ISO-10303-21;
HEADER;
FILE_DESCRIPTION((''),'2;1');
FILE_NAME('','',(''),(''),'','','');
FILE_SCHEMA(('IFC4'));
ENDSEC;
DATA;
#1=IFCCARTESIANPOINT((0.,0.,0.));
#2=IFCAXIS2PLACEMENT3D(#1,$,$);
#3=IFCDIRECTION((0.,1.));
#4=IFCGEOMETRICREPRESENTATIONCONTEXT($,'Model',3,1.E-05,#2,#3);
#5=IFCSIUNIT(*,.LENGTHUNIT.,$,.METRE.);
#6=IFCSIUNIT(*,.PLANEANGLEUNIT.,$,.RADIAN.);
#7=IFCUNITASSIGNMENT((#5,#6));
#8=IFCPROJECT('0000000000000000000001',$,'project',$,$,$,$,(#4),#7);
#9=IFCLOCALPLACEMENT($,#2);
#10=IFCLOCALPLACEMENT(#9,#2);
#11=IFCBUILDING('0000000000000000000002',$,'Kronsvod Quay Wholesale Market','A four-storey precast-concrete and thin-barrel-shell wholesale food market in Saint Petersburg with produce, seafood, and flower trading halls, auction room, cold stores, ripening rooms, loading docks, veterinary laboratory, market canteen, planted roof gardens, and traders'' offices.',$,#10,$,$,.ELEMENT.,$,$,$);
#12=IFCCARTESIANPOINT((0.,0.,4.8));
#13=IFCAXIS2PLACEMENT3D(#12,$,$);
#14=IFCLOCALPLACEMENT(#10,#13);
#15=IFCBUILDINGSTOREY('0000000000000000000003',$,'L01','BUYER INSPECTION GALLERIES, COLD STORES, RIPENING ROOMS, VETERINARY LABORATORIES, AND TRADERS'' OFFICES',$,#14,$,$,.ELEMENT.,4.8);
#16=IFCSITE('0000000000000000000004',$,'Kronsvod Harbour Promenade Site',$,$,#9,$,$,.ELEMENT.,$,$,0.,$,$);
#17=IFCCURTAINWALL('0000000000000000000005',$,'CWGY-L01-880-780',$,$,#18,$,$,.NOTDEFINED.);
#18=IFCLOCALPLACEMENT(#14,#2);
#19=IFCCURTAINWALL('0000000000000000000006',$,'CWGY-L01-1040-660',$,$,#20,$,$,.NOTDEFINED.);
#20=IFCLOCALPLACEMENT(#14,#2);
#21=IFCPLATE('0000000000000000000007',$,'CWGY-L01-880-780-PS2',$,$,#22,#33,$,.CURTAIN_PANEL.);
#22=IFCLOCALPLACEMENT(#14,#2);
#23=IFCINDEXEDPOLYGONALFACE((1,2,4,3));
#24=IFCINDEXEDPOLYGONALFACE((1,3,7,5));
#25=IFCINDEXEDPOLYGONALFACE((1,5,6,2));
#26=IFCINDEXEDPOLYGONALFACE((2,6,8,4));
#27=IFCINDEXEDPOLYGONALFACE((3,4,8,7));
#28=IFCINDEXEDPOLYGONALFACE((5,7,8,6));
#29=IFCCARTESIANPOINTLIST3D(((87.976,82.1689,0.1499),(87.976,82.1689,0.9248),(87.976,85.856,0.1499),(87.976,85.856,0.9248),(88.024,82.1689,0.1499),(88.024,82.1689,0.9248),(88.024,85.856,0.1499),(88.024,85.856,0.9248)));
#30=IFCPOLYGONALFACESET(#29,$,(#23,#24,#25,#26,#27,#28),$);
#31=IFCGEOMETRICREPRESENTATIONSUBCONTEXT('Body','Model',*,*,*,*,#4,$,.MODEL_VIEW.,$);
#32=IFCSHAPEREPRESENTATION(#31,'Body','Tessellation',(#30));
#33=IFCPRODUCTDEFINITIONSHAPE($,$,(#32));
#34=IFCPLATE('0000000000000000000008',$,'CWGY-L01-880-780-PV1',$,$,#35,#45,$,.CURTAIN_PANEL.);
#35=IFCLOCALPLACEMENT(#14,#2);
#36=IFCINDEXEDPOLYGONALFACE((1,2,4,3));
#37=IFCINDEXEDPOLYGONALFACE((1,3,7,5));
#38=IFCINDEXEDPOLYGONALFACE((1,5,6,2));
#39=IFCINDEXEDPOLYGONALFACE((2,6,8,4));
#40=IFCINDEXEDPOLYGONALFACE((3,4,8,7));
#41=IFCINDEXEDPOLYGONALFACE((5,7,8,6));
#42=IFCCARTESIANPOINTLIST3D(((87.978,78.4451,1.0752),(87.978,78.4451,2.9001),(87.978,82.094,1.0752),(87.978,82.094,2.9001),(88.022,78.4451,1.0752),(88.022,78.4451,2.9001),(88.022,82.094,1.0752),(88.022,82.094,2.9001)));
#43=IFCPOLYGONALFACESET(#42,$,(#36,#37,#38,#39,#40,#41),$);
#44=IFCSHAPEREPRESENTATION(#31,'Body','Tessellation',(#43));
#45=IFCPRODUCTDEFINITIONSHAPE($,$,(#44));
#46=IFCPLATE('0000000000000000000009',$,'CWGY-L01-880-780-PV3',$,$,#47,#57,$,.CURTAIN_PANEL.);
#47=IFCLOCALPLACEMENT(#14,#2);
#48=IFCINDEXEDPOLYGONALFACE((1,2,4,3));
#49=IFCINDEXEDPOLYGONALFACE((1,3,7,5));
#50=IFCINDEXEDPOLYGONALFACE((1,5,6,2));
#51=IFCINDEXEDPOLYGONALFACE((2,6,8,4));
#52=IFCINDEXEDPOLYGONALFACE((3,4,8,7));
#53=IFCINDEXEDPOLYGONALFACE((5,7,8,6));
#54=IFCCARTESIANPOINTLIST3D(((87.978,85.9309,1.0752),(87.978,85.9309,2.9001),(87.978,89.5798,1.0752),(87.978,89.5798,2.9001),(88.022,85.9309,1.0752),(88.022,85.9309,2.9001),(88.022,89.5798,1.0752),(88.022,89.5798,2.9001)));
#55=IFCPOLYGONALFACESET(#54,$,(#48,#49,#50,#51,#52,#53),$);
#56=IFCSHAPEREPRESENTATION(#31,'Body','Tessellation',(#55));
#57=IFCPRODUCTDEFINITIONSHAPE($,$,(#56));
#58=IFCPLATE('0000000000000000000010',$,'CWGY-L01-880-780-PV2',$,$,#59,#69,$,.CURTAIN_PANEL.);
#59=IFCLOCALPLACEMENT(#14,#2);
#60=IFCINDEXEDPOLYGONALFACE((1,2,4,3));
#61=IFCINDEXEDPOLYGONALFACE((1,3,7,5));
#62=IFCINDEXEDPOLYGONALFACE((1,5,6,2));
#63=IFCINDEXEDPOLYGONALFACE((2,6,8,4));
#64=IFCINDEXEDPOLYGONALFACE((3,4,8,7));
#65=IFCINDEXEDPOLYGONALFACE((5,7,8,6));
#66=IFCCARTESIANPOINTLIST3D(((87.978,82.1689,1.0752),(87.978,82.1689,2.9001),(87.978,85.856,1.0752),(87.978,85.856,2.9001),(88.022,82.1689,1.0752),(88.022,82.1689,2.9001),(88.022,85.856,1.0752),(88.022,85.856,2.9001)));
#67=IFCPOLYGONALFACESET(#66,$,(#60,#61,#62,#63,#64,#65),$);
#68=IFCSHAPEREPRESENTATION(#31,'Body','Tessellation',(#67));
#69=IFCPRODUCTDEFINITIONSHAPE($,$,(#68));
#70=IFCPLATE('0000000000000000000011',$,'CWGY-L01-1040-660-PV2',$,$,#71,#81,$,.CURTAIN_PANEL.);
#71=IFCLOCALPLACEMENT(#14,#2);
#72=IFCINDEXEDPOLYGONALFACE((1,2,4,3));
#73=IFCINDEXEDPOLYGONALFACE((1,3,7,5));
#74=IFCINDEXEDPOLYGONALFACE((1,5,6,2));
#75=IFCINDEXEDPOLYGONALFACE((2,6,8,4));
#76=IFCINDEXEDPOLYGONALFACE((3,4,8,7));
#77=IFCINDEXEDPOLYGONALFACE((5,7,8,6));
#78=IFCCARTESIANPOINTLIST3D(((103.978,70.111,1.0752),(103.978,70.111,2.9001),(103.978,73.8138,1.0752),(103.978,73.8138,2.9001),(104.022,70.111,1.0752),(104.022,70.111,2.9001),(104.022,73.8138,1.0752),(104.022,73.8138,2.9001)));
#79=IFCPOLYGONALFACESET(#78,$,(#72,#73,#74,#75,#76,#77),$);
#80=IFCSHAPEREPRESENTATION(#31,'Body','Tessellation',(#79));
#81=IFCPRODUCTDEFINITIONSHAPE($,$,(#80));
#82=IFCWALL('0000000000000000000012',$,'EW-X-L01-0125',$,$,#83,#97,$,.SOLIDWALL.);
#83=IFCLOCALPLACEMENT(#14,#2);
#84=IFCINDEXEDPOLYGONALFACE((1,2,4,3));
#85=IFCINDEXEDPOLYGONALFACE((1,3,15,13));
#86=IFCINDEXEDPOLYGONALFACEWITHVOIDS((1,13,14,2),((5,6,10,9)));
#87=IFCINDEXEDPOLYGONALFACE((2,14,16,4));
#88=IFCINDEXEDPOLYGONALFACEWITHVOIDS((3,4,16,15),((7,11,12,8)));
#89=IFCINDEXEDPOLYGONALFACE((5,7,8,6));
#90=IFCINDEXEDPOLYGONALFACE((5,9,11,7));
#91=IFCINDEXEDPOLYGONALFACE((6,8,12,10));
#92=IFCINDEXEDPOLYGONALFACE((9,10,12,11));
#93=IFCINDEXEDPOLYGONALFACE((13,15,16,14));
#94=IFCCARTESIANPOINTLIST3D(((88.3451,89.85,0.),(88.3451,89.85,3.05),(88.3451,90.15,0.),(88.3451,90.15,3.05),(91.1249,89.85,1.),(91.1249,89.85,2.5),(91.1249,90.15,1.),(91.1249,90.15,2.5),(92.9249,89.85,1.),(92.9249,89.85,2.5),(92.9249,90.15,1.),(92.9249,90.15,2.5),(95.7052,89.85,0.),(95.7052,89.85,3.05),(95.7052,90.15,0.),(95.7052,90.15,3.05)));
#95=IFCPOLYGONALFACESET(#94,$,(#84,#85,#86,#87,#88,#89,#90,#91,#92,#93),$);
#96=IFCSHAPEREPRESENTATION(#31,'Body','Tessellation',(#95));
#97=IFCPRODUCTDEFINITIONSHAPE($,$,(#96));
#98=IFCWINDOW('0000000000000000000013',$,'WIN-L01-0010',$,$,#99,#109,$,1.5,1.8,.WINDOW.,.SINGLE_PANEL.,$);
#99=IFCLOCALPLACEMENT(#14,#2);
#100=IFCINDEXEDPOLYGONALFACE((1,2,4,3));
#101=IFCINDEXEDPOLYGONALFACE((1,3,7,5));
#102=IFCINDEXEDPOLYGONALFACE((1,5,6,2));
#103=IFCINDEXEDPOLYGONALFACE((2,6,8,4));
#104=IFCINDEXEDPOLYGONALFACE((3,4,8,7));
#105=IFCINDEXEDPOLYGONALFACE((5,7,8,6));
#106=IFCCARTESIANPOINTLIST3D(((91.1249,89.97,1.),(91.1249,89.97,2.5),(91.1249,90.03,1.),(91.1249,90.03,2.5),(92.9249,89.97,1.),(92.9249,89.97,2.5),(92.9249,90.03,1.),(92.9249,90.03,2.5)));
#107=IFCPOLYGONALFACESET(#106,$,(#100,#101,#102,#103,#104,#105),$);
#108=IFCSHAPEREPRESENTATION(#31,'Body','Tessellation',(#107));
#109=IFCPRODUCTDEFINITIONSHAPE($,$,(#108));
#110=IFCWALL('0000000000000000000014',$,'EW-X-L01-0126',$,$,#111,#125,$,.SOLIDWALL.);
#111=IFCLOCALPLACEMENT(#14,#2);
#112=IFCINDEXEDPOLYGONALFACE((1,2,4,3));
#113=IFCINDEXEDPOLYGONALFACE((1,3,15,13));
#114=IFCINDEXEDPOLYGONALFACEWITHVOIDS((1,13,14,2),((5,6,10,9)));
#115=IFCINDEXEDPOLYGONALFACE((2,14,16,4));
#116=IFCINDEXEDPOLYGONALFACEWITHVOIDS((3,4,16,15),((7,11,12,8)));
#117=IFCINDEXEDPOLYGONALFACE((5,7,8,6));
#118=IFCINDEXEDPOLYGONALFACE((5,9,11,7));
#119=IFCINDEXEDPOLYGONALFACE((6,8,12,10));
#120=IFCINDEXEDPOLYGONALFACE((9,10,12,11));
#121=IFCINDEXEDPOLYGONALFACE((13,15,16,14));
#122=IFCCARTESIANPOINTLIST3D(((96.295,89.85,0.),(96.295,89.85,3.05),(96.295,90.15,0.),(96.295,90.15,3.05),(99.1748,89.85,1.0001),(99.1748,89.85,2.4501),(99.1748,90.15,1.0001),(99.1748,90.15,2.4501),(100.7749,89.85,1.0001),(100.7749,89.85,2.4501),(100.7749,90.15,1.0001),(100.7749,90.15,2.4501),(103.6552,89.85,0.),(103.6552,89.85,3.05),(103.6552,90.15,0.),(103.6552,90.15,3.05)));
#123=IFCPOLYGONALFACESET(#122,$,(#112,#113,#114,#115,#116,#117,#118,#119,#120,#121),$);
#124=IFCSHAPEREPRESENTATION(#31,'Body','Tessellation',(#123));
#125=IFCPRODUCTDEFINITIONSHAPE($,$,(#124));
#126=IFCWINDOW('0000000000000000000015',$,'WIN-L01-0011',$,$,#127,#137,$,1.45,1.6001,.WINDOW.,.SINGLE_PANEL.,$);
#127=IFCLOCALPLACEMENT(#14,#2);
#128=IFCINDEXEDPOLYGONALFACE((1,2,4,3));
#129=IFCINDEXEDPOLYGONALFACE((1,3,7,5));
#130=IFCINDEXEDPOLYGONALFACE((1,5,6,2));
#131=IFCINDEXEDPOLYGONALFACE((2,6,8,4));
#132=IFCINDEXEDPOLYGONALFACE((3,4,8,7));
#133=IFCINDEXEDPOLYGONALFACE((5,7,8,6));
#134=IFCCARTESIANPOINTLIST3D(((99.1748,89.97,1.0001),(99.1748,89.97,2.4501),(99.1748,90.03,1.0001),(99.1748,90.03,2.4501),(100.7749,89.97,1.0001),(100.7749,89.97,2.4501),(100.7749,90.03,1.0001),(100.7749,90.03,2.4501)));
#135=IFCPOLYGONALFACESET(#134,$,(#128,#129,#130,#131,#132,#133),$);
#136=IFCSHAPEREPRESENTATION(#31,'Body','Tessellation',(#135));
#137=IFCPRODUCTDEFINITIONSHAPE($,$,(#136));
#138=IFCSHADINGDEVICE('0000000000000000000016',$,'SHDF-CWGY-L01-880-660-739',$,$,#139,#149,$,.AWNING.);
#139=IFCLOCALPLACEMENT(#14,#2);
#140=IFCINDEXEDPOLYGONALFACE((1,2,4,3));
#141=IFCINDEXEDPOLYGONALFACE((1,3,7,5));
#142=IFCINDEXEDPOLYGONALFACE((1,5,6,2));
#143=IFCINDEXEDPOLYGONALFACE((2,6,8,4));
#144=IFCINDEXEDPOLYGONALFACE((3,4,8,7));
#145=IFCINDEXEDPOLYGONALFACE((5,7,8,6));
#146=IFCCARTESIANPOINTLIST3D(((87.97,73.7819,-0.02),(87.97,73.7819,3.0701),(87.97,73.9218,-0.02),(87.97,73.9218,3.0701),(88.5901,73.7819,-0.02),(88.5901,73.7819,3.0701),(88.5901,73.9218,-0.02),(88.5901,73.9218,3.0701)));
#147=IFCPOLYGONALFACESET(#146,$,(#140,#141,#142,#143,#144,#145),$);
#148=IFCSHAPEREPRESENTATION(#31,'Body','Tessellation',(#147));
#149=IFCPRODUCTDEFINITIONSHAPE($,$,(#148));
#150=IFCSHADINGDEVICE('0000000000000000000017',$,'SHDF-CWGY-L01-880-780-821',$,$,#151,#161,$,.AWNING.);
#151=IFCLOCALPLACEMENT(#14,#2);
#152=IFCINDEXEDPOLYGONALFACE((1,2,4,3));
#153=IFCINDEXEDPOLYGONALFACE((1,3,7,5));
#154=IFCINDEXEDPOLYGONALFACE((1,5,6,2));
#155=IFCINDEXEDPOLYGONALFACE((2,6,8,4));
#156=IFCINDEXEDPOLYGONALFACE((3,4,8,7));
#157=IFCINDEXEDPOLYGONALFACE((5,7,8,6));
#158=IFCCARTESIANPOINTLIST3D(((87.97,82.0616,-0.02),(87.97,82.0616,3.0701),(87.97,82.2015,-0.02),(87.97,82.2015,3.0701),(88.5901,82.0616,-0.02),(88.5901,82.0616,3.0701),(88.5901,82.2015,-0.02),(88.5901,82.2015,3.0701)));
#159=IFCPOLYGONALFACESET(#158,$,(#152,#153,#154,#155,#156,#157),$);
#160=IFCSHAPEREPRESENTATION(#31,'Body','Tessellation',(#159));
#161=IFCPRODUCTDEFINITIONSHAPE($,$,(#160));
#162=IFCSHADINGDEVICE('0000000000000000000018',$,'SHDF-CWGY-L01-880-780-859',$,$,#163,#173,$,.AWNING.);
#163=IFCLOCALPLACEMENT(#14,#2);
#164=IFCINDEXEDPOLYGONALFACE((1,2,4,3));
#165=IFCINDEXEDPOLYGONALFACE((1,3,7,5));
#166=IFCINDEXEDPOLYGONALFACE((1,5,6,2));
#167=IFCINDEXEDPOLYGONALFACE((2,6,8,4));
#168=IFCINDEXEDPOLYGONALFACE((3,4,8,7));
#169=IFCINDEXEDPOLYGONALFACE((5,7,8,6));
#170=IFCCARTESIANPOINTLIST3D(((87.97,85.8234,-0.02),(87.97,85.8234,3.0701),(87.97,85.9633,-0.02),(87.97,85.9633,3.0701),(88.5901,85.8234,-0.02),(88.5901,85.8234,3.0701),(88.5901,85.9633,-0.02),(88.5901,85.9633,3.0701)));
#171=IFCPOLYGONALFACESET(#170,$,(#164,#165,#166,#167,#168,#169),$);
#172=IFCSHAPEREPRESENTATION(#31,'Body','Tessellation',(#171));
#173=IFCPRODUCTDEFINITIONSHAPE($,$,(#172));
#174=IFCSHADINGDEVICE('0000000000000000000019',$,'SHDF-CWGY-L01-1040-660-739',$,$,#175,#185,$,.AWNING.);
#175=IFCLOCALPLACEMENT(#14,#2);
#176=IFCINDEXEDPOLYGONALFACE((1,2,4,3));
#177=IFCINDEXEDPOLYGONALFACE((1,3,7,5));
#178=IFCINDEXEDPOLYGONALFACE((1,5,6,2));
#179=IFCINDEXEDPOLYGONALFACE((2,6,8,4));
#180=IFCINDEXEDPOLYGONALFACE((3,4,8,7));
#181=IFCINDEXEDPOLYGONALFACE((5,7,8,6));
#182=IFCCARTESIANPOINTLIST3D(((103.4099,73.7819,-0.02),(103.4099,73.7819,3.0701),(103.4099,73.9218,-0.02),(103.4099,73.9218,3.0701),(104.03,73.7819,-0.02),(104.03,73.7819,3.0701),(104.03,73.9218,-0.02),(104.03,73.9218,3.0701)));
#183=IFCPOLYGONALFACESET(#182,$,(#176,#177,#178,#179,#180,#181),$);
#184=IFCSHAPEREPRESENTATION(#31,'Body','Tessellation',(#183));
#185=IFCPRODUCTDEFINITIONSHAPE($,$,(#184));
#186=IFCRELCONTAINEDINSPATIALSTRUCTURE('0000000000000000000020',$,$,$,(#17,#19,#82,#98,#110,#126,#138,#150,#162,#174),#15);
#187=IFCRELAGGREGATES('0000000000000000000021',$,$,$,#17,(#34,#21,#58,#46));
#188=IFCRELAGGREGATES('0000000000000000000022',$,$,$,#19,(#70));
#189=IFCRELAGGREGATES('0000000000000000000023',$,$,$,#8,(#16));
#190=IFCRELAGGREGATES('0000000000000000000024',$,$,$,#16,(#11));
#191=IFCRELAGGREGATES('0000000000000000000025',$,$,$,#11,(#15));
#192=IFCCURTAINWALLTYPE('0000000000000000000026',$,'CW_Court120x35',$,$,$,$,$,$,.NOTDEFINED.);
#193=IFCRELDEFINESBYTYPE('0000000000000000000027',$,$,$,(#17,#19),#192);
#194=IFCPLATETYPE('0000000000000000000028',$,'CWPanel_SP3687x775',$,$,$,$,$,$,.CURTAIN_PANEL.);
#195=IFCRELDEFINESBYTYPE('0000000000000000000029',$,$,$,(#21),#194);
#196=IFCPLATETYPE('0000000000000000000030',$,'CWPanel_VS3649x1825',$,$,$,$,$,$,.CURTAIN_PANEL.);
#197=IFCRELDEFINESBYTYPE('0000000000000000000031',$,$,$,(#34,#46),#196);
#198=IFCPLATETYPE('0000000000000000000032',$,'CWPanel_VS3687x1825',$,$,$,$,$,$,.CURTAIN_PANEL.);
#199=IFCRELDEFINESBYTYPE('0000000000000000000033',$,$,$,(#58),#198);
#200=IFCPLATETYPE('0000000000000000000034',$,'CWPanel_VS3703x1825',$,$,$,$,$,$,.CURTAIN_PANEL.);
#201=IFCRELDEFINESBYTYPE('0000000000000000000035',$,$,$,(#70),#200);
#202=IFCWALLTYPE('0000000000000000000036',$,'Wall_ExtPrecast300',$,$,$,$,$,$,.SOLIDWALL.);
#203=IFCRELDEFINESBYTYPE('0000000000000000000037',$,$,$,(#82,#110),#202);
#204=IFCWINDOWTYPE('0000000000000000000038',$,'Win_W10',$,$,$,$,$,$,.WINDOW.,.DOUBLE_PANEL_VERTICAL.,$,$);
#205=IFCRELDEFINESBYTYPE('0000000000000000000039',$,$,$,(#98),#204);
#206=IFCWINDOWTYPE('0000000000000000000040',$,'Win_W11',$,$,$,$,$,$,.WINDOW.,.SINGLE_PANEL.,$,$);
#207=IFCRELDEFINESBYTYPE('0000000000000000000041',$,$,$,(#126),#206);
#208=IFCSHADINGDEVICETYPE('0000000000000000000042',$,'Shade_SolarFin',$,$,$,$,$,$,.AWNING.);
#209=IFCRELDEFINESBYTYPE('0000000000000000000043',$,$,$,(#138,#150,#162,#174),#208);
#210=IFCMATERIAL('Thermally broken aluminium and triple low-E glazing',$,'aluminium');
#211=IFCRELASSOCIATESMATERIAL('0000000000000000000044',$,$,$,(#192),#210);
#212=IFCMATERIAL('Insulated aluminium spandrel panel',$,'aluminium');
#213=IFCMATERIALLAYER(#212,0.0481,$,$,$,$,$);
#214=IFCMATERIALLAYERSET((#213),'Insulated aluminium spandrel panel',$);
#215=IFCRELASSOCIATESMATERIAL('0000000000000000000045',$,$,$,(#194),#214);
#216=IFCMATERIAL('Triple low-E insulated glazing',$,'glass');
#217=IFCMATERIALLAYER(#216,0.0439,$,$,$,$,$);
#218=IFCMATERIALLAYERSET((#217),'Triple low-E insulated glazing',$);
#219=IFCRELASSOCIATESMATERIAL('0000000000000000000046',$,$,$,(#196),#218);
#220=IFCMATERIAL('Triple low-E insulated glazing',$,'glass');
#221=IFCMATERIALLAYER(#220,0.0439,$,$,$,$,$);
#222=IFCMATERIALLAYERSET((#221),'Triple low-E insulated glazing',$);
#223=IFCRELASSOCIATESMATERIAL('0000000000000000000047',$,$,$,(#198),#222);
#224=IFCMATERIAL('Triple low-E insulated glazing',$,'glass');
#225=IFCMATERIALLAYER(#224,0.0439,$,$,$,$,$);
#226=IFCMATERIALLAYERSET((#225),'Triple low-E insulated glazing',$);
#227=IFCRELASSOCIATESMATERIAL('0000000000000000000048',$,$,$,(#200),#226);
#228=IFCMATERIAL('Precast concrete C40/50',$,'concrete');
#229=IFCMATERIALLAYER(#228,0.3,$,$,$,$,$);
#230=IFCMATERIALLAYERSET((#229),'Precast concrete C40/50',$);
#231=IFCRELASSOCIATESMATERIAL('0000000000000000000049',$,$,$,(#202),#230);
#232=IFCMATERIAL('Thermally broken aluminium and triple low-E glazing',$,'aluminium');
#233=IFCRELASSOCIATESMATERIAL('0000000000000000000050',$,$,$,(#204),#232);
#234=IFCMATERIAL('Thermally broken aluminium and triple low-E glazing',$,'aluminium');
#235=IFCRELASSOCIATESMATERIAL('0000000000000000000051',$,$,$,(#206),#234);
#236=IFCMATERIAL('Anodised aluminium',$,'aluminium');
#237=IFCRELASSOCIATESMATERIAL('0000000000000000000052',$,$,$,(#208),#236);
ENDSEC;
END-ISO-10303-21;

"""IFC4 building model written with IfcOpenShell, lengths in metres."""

from ifc_helpers import new_model, si_unit, direction, frame, frame_2d, origin, origin_2d, place, context, subcontext, project, spatial, rectangle, extrude, material, layer, layer_set, type_object, element, fill, aggregate, save


model = new_model("IFC4")

# Units and contexts
model_context = context("Model", 3, precision=1e-05, world=origin(), true_north=direction((0.0, 1.0)))
body_context = subcontext(model_context, "Body", "Model", "MODEL_VIEW")
ifc_project = project(units=[si_unit("LENGTHUNIT", "METRE"), si_unit("PLANEANGLEUNIT", "RADIAN")], contexts=[model_context])

# Site, building, storey
site_placement = place(None, origin())
site = spatial("IfcSite", under=ifc_project, at=site_placement, Name="Kronsvod Harbour Promenade Site", CompositionType="ELEMENT", RefElevation=0.0)
building_placement = place(site_placement, origin())
building = spatial("IfcBuilding", under=site, at=building_placement, Name="Kronsvod Quay Wholesale Market", Description="A four-storey precast-concrete and thin-barrel-shell wholesale food market in Saint Petersburg with produce, seafood, and flower trading halls, auction room, cold stores, ripening rooms, loading docks, veterinary laboratory, market canteen, planted roof gardens, and traders' offices.", CompositionType="ELEMENT")
storey_placement = place(building_placement, frame((0.0, 0.0, 4.8)))
storey = spatial("IfcBuildingStorey", under=building, at=storey_placement, Name="L01", Description="BUYER INSPECTION GALLERIES, COLD STORES, RIPENING ROOMS, VETERINARY LABORATORIES, AND TRADERS' OFFICES", CompositionType="ELEMENT", Elevation=4.8)

# Curtain walls
ifc_material_1 = material(Name="Thermally broken aluminium and triple low-E glazing", Category="aluminium")
curtain_wall_type = type_object("IfcCurtainWallType", Name="CW_Court120x35", PredefinedType="NOTDEFINED", material=ifc_material_1)
curtain_wall_1_placement = place(storey_placement, origin())
curtain_wall_1 = element("IfcCurtainWall", 1, at=curtain_wall_1_placement, inside=storey, type_object=curtain_wall_type, Name="CWGY-L01-880-780", PredefinedType="NOTDEFINED")
curtain_wall_2_placement = place(storey_placement, origin())
curtain_wall_2 = element("IfcCurtainWall", 2, at=curtain_wall_2_placement, inside=storey, type_object=curtain_wall_type, Name="CWGY-L01-1040-660", PredefinedType="NOTDEFINED")

# Plates
ifc_material_2 = material(Name="Insulated aluminium spandrel panel", Category="aluminium")
ifc_layer_1 = layer(ifc_material_2, 0.0481)
ifc_layer_set_1 = layer_set([ifc_layer_1], Name="Insulated aluminium spandrel panel")
plate_type_1 = type_object("IfcPlateType", Name="CWPanel_SP3687x775", PredefinedType="CURTAIN_PANEL", material=ifc_layer_set_1)
plate_1_placement = place(storey_placement, frame((88.0, 84.0125, 0.1499), z_axis=(0.0, 0.0, 1.0), x_axis=(0.0, 1.0, 0.0)))
plate_1 = element("IfcPlate", 3, at=plate_1_placement, type_object=plate_type_1, Name="CWGY-L01-880-780-PS2", PredefinedType="CURTAIN_PANEL", context=body_context, shape_type="SweptSolid", body=[
    extrude(rectangle(XDim=3.687, YDim=0.0481, at=origin_2d()), origin(), (0.0, 0.0, 1.0), 0.7749),
])
ifc_material_3 = material(Name="Triple low-E insulated glazing", Category="glass")
ifc_layer_2 = layer(ifc_material_3, 0.0439)
ifc_layer_set_2 = layer_set([ifc_layer_2], Name="Triple low-E insulated glazing")
plate_type_2 = type_object("IfcPlateType", Name="CWPanel_VS3649x1825", PredefinedType="CURTAIN_PANEL", material=ifc_layer_set_2)
plate_2_placement = place(storey_placement, frame((88.0, 80.2695, 1.0752), z_axis=(0.0, 0.0, 1.0), x_axis=(0.0, 1.0, 0.0)))
plate_2 = element("IfcPlate", 4, at=plate_2_placement, type_object=plate_type_2, Name="CWGY-L01-880-780-PV1", PredefinedType="CURTAIN_PANEL", context=body_context, shape_type="SweptSolid", body=[
    extrude(rectangle(XDim=3.6489, YDim=0.0439, at=origin_2d()), origin(), (0.0, 0.0, 1.0), 1.825),
])
plate_3_placement = place(storey_placement, frame((88.0, 87.7554, 1.0752), z_axis=(0.0, 0.0, 1.0), x_axis=(0.0, 1.0, 0.0)))
plate_3 = element("IfcPlate", 5, at=plate_3_placement, type_object=plate_type_2, Name="CWGY-L01-880-780-PV3", PredefinedType="CURTAIN_PANEL", context=body_context, shape_type="SweptSolid", body=[
    extrude(rectangle(XDim=3.6489, YDim=0.0439, at=origin_2d()), origin(), (0.0, 0.0, 1.0), 1.825),
])
ifc_material_4 = material(Name="Triple low-E insulated glazing", Category="glass")
ifc_layer_3 = layer(ifc_material_4, 0.0439)
ifc_layer_set_3 = layer_set([ifc_layer_3], Name="Triple low-E insulated glazing")
plate_type_3 = type_object("IfcPlateType", Name="CWPanel_VS3687x1825", PredefinedType="CURTAIN_PANEL", material=ifc_layer_set_3)
plate_4_placement = place(storey_placement, frame((88.0, 84.0125, 1.0752), z_axis=(0.0, 0.0, 1.0), x_axis=(0.0, 1.0, 0.0)))
plate_4 = element("IfcPlate", 6, at=plate_4_placement, type_object=plate_type_3, Name="CWGY-L01-880-780-PV2", PredefinedType="CURTAIN_PANEL", context=body_context, shape_type="SweptSolid", body=[
    extrude(rectangle(XDim=3.687, YDim=0.0439, at=origin_2d()), origin(), (0.0, 0.0, 1.0), 1.825),
])
aggregate(curtain_wall_1, [plate_2, plate_1, plate_4, plate_3])
ifc_material_5 = material(Name="Triple low-E insulated glazing", Category="glass")
ifc_layer_4 = layer(ifc_material_5, 0.0439)
ifc_layer_set_4 = layer_set([ifc_layer_4], Name="Triple low-E insulated glazing")
plate_type_4 = type_object("IfcPlateType", Name="CWPanel_VS3703x1825", PredefinedType="CURTAIN_PANEL", material=ifc_layer_set_4)
plate_5_placement = place(storey_placement, frame((104.0, 71.9624, 1.0752), z_axis=(0.0, 0.0, 1.0), x_axis=(0.0, -1.0, 0.0)))
plate_5 = element("IfcPlate", 7, at=plate_5_placement, type_object=plate_type_4, Name="CWGY-L01-1040-660-PV2", PredefinedType="CURTAIN_PANEL", context=body_context, shape_type="SweptSolid", body=[
    extrude(rectangle(XDim=3.7029, YDim=0.0439, at=origin_2d()), origin(), (0.0, 0.0, 1.0), 1.825),
])
aggregate(curtain_wall_2, [plate_5])

# Walls, openings, windows
ifc_material_6 = material(Name="Precast concrete C40/50", Category="concrete")
ifc_layer_5 = layer(ifc_material_6, 0.3)
ifc_layer_set_5 = layer_set([ifc_layer_5], Name="Precast concrete C40/50")
wall_type = type_object("IfcWallType", Name="Wall_ExtPrecast300", PredefinedType="SOLIDWALL", material=ifc_layer_set_5)
wall_1_placement = place(storey_placement, frame((88.345, 90.0, 0.0), z_axis=(0.0, 0.0, 1.0), x_axis=(1.0, 0.0, 0.0)))
wall_1 = element("IfcWall", 8, at=wall_1_placement, inside=storey, type_object=wall_type, Name="EW-X-L01-0125", PredefinedType="SOLIDWALL", context=body_context, shape_type="SweptSolid", body=[
    extrude(rectangle(XDim=7.3601, YDim=0.3, at=frame_2d((3.6802, 0.0))), origin(), (0.0, 0.0, 1.0), 3.05),
])
opening_1_placement = place(wall_1_placement, frame((2.78, 0.0, 1.0)))
opening_1 = element("IfcOpeningElement", 9, at=opening_1_placement, cuts=wall_1, PredefinedType="OPENING", context=body_context, shape_type="SweptSolid", body=[
    extrude(rectangle(XDim=1.8, YDim=1.5, at=frame_2d((0.8999, 0.75))), frame((0.0, 0.1602, 0.0), z_axis=(0.0, -1.0, 0.0), x_axis=(1.0, 0.0, 0.0)), (0.0, 0.0, 1.0), 0.3201),
])
ifc_material_7 = material(Name="Thermally broken aluminium and triple low-E glazing", Category="aluminium")
window_type_1 = type_object("IfcWindowType", Name="Win_W10", PartitioningType="DOUBLE_PANEL_VERTICAL", PredefinedType="WINDOW", material=ifc_material_7)
window_1_placement = place(opening_1_placement, origin())
window_1 = element("IfcWindow", 10, at=window_1_placement, inside=storey, type_object=window_type_1, Name="WIN-L01-0010", OverallHeight=1.5, OverallWidth=1.8, PartitioningType="SINGLE_PANEL", PredefinedType="WINDOW", context=body_context, shape_type="SweptSolid", body=[
    extrude(rectangle(XDim=1.8, YDim=1.5, at=frame_2d((0.8999, 0.75))), frame((0.0, 0.03, 0.0), z_axis=(0.0, -1.0, 0.0), x_axis=(1.0, 0.0, 0.0)), (0.0, 0.0, 1.0), 0.0601),
])
fill(opening_1, window_1)
wall_2_placement = place(storey_placement, frame((96.2949, 90.0, 0.0), z_axis=(0.0, 0.0, 1.0), x_axis=(1.0, 0.0, 0.0)))
wall_2 = element("IfcWall", 11, at=wall_2_placement, inside=storey, type_object=wall_type, Name="EW-X-L01-0126", PredefinedType="SOLIDWALL", context=body_context, shape_type="SweptSolid", body=[
    extrude(rectangle(XDim=7.3601, YDim=0.3, at=frame_2d((3.6802, 0.0))), origin(), (0.0, 0.0, 1.0), 3.05),
])
opening_2_placement = place(wall_2_placement, frame((2.8799, 0.0, 1.0)))
opening_2 = element("IfcOpeningElement", 12, at=opening_2_placement, cuts=wall_2, PredefinedType="OPENING", context=body_context, shape_type="SweptSolid", body=[
    extrude(rectangle(XDim=1.6001, YDim=1.45, at=frame_2d((0.8, 0.7251))), frame((0.0, 0.1602, 0.0), z_axis=(0.0, -1.0, 0.0), x_axis=(1.0, 0.0, 0.0)), (0.0, 0.0, 1.0), 0.3201),
])
ifc_material_8 = material(Name="Thermally broken aluminium and triple low-E glazing", Category="aluminium")
window_type_2 = type_object("IfcWindowType", Name="Win_W11", PartitioningType="SINGLE_PANEL", PredefinedType="WINDOW", material=ifc_material_8)
window_2_placement = place(opening_2_placement, origin())
window_2 = element("IfcWindow", 13, at=window_2_placement, inside=storey, type_object=window_type_2, Name="WIN-L01-0011", OverallHeight=1.45, OverallWidth=1.6001, PartitioningType="SINGLE_PANEL", PredefinedType="WINDOW", context=body_context, shape_type="SweptSolid", body=[
    extrude(rectangle(XDim=1.6001, YDim=1.45, at=frame_2d((0.8, 0.7251))), frame((0.0, 0.03, 0.0), z_axis=(0.0, -1.0, 0.0), x_axis=(1.0, 0.0, 0.0)), (0.0, 0.0, 1.0), 0.0601),
])
fill(opening_2, window_2)

# Shading devices
ifc_material_9 = material(Name="Anodised aluminium", Category="aluminium")
shading_device_type = type_object("IfcShadingDeviceType", Name="Shade_SolarFin", PredefinedType="AWNING", material=ifc_material_9)
for number, where, z_axis, x_axis, name in (
    (14, (88.28, 73.8518, -0.02), (0.0, 0.0, 1.0), (1.0, 0.0, 0.0), "SHDF-CWGY-L01-880-660-739"),
    (15, (88.28, 82.1316, -0.02), (0.0, 0.0, 1.0), (1.0, 0.0, 0.0), "SHDF-CWGY-L01-880-780-821"),
    (16, (88.28, 85.8933, -0.02), (0.0, 0.0, 1.0), (1.0, 0.0, 0.0), "SHDF-CWGY-L01-880-780-859"),
    (17, (103.72, 73.8518, -0.02), (0.0, 0.0, 1.0), (1.0, 0.0, 0.0), "SHDF-CWGY-L01-1040-660-739"),
):
    element("IfcShadingDevice", number, at=place(storey_placement, frame(where, z_axis=z_axis, x_axis=x_axis)), inside=storey, type_object=shading_device_type, Name=name, PredefinedType="AWNING", context=body_context, shape_type="SweptSolid", body=[
        extrude(rectangle(XDim=0.6201, YDim=0.1399, at=origin_2d()), origin(), (0.0, 0.0, 1.0), 3.0901),
    ])

save(model, "model.ifc")
